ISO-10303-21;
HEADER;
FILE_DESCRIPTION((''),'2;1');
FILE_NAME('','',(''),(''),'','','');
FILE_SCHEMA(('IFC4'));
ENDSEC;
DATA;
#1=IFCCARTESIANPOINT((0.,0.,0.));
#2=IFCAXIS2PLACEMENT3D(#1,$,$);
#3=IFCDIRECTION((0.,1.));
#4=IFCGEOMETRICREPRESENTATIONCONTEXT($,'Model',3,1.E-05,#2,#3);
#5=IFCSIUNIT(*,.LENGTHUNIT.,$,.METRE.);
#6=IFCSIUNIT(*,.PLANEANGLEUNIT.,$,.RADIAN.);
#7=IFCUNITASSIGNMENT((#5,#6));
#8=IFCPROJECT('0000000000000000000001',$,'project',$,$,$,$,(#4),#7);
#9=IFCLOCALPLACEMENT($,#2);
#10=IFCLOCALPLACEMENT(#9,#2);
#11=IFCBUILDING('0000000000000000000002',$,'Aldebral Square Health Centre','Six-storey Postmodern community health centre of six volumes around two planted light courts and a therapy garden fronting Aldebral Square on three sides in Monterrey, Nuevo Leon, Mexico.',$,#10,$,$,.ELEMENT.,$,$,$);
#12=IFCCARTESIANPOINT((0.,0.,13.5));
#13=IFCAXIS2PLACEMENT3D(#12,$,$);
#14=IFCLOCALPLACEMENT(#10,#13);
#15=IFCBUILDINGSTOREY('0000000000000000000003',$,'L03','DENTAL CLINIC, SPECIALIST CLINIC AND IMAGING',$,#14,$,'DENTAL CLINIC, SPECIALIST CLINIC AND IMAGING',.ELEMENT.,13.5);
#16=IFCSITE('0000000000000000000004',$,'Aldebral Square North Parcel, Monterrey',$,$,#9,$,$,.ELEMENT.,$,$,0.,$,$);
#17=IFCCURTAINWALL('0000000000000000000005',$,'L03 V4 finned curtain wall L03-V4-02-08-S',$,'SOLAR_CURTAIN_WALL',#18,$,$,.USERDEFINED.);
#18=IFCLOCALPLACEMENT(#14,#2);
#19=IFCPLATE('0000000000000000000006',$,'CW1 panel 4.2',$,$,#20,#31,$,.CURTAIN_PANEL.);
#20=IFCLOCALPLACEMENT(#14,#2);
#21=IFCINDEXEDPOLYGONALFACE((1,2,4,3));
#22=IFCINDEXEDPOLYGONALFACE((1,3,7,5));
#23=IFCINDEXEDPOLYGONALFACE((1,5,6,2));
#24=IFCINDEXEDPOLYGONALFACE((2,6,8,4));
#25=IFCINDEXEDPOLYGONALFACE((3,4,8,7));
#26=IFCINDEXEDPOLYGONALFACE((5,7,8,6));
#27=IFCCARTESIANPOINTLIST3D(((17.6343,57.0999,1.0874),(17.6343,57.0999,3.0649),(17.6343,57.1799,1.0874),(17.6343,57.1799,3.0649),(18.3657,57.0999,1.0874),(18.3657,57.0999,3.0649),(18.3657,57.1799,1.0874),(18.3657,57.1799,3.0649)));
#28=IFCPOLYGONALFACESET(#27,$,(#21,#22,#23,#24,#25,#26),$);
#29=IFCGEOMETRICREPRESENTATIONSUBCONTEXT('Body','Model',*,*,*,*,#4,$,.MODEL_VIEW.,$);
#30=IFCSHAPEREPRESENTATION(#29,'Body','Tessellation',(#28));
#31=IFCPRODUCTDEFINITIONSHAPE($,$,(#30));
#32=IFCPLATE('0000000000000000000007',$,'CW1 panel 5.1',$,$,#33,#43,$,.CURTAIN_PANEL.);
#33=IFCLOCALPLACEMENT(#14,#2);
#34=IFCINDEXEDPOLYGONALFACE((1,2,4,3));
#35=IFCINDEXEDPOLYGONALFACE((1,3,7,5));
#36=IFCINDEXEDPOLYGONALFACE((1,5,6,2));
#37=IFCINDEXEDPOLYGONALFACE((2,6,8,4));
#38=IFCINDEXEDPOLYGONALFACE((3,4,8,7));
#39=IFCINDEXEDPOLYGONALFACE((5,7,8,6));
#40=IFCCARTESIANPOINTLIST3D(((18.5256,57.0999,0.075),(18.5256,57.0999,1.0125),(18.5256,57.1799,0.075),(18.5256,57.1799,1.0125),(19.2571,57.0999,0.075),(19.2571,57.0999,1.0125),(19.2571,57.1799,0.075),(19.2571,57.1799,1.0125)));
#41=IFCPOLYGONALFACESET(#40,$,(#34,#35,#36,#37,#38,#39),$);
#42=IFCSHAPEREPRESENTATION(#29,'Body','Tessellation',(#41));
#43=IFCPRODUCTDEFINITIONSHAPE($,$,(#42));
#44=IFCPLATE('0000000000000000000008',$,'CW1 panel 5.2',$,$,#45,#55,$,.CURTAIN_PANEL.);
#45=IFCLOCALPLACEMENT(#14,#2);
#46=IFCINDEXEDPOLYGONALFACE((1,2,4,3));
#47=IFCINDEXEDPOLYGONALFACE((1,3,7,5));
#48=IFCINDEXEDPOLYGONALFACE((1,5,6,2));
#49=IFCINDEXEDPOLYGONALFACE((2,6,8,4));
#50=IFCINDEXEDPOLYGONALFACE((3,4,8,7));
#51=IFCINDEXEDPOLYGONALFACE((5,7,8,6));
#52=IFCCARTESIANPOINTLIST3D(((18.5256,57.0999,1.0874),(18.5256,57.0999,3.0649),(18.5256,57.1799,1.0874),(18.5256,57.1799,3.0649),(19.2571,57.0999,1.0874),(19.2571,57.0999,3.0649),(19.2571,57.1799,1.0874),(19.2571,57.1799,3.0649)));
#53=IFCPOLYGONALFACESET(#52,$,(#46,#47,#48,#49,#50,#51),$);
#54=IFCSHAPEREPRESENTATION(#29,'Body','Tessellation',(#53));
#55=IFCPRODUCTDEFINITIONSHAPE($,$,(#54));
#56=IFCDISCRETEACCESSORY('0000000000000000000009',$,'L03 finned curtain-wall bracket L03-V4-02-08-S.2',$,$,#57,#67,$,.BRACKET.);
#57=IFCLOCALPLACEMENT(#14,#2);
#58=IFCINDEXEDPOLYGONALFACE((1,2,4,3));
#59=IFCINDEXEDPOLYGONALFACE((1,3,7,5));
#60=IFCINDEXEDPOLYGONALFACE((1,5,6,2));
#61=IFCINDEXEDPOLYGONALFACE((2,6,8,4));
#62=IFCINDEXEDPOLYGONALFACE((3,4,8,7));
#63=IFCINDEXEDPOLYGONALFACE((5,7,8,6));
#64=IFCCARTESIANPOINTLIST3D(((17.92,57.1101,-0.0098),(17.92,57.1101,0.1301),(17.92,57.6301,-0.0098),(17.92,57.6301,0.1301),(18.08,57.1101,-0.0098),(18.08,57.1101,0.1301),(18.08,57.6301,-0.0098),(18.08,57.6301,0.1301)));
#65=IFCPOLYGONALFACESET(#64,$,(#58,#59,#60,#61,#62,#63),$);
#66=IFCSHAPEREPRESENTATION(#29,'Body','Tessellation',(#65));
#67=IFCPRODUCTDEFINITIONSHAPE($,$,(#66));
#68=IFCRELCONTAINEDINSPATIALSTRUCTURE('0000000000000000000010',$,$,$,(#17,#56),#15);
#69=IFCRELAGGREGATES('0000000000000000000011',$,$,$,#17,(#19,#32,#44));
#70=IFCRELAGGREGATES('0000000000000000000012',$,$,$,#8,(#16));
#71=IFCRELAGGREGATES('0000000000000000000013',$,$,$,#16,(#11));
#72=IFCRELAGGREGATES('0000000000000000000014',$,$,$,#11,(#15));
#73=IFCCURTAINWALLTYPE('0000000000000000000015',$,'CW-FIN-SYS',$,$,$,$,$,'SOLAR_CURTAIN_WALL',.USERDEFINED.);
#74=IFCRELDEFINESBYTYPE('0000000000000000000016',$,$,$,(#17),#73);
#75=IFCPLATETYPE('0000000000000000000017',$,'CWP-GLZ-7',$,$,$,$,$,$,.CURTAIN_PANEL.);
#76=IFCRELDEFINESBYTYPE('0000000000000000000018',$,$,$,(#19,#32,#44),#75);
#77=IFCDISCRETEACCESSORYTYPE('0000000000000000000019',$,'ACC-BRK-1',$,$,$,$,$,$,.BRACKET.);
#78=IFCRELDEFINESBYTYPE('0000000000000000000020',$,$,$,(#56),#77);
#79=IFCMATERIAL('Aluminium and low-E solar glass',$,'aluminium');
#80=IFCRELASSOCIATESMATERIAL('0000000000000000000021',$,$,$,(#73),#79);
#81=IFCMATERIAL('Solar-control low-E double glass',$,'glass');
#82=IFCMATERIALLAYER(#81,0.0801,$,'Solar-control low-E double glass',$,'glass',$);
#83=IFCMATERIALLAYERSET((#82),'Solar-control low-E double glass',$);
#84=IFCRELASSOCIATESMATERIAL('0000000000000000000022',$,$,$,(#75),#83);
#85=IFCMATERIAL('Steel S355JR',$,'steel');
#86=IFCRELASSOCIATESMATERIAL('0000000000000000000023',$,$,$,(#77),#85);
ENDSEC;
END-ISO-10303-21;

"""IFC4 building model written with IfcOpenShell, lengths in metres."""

from ifc_helpers import new_model, si_unit, direction, frame, origin, origin_2d, place, context, subcontext, project, spatial, rectangle, extrude, material, layer, layer_set, type_object, element, aggregate, save


model = new_model("IFC4")

# Units and contexts
model_context = context("Model", 3, precision=1e-05, world=origin(), true_north=direction((0.0, 1.0)))
body_context = subcontext(model_context, "Body", "Model", "MODEL_VIEW")
ifc_project = project(units=[si_unit("LENGTHUNIT", "METRE"), si_unit("PLANEANGLEUNIT", "RADIAN")], contexts=[model_context])

# Site, building, storey
site_placement = place(None, origin())
site = spatial("IfcSite", under=ifc_project, at=site_placement, Name="Aldebral Square North Parcel, Monterrey", CompositionType="ELEMENT", RefElevation=0.0)
building_placement = place(site_placement, origin())
building = spatial("IfcBuilding", under=site, at=building_placement, Name="Aldebral Square Health Centre", Description="Six-storey Postmodern community health centre of six volumes around two planted light courts and a therapy garden fronting Aldebral Square on three sides in Monterrey, Nuevo Leon, Mexico.", CompositionType="ELEMENT")
storey_placement = place(building_placement, frame((0.0, 0.0, 13.5)))
storey = spatial("IfcBuildingStorey", under=building, at=storey_placement, Name="L03", Description="DENTAL CLINIC, SPECIALIST CLINIC AND IMAGING", LongName="DENTAL CLINIC, SPECIALIST CLINIC AND IMAGING", CompositionType="ELEMENT", Elevation=13.5)

# Curtain wall, plates
ifc_material_1 = material(Name="Aluminium and low-E solar glass", Category="aluminium")
curtain_wall_type = type_object("IfcCurtainWallType", Name="CW-FIN-SYS", ElementType="SOLAR_CURTAIN_WALL", PredefinedType="USERDEFINED", material=ifc_material_1)
curtain_wall_placement = place(storey_placement, origin())
curtain_wall = element("IfcCurtainWall", 1, at=curtain_wall_placement, inside=storey, type_object=curtain_wall_type, Name="L03 V4 finned curtain wall L03-V4-02-08-S", ObjectType="SOLAR_CURTAIN_WALL", PredefinedType="USERDEFINED")
ifc_material_2 = material(Name="Solar-control low-E double glass", Category="glass")
ifc_layer = layer(ifc_material_2, 0.0801, Name="Solar-control low-E double glass", Category="glass")
ifc_layer_set = layer_set([ifc_layer], Name="Solar-control low-E double glass")
plate_type = type_object("IfcPlateType", Name="CWP-GLZ-7", PredefinedType="CURTAIN_PANEL", material=ifc_layer_set)
plate_1_placement = place(storey_placement, frame((18.0, 57.1399, 1.0874), z_axis=(0.0, 0.0, 1.0), x_axis=(1.0, 0.0, 0.0)))
plate_1 = element("IfcPlate", 2, at=plate_1_placement, type_object=plate_type, Name="CW1 panel 4.2", PredefinedType="CURTAIN_PANEL", context=body_context, shape_type="SweptSolid", body=[
    extrude(rectangle(XDim=0.7314, YDim=0.0801, at=origin_2d()), origin(), (0.0, 0.0, 1.0), 1.9775),
])
plate_2_placement = place(storey_placement, frame((18.8914, 57.1399, 0.075), z_axis=(0.0, 0.0, 1.0), x_axis=(1.0, 0.0, 0.0)))
plate_2 = element("IfcPlate", 3, at=plate_2_placement, type_object=plate_type, Name="CW1 panel 5.1", PredefinedType="CURTAIN_PANEL", context=body_context, shape_type="SweptSolid", body=[
    extrude(rectangle(XDim=0.7314, YDim=0.0801, at=origin_2d()), origin(), (0.0, 0.0, 1.0), 0.9375),
])
plate_3_placement = place(storey_placement, frame((18.8914, 57.1399, 1.0874), z_axis=(0.0, 0.0, 1.0), x_axis=(1.0, 0.0, 0.0)))
plate_3 = element("IfcPlate", 4, at=plate_3_placement, type_object=plate_type, Name="CW1 panel 5.2", PredefinedType="CURTAIN_PANEL", context=body_context, shape_type="SweptSolid", body=[
    extrude(rectangle(XDim=0.7314, YDim=0.0801, at=origin_2d()), origin(), (0.0, 0.0, 1.0), 1.9775),
])
aggregate(curtain_wall, [plate_1, plate_2, plate_3])

# Discrete accessory
ifc_material_3 = material(Name="Steel S355JR", Category="steel")
discrete_accessory_type = type_object("IfcDiscreteAccessoryType", Name="ACC-BRK-1", PredefinedType="BRACKET", material=ifc_material_3)
discrete_accessory_placement = place(storey_placement, frame((18.0, 57.3701, -0.0098), z_axis=(0.0, 0.0, 1.0), x_axis=(1.0, 0.0, 0.0)))
element("IfcDiscreteAccessory", 5, at=discrete_accessory_placement, inside=storey, type_object=discrete_accessory_type, Name="L03 finned curtain-wall bracket L03-V4-02-08-S.2", PredefinedType="BRACKET", context=body_context, shape_type="SweptSolid", body=[
    extrude(rectangle(XDim=0.1599, YDim=0.52, at=origin_2d()), origin(), (0.0, 0.0, 1.0), 0.1399),
])

save(model, "model.ifc")
